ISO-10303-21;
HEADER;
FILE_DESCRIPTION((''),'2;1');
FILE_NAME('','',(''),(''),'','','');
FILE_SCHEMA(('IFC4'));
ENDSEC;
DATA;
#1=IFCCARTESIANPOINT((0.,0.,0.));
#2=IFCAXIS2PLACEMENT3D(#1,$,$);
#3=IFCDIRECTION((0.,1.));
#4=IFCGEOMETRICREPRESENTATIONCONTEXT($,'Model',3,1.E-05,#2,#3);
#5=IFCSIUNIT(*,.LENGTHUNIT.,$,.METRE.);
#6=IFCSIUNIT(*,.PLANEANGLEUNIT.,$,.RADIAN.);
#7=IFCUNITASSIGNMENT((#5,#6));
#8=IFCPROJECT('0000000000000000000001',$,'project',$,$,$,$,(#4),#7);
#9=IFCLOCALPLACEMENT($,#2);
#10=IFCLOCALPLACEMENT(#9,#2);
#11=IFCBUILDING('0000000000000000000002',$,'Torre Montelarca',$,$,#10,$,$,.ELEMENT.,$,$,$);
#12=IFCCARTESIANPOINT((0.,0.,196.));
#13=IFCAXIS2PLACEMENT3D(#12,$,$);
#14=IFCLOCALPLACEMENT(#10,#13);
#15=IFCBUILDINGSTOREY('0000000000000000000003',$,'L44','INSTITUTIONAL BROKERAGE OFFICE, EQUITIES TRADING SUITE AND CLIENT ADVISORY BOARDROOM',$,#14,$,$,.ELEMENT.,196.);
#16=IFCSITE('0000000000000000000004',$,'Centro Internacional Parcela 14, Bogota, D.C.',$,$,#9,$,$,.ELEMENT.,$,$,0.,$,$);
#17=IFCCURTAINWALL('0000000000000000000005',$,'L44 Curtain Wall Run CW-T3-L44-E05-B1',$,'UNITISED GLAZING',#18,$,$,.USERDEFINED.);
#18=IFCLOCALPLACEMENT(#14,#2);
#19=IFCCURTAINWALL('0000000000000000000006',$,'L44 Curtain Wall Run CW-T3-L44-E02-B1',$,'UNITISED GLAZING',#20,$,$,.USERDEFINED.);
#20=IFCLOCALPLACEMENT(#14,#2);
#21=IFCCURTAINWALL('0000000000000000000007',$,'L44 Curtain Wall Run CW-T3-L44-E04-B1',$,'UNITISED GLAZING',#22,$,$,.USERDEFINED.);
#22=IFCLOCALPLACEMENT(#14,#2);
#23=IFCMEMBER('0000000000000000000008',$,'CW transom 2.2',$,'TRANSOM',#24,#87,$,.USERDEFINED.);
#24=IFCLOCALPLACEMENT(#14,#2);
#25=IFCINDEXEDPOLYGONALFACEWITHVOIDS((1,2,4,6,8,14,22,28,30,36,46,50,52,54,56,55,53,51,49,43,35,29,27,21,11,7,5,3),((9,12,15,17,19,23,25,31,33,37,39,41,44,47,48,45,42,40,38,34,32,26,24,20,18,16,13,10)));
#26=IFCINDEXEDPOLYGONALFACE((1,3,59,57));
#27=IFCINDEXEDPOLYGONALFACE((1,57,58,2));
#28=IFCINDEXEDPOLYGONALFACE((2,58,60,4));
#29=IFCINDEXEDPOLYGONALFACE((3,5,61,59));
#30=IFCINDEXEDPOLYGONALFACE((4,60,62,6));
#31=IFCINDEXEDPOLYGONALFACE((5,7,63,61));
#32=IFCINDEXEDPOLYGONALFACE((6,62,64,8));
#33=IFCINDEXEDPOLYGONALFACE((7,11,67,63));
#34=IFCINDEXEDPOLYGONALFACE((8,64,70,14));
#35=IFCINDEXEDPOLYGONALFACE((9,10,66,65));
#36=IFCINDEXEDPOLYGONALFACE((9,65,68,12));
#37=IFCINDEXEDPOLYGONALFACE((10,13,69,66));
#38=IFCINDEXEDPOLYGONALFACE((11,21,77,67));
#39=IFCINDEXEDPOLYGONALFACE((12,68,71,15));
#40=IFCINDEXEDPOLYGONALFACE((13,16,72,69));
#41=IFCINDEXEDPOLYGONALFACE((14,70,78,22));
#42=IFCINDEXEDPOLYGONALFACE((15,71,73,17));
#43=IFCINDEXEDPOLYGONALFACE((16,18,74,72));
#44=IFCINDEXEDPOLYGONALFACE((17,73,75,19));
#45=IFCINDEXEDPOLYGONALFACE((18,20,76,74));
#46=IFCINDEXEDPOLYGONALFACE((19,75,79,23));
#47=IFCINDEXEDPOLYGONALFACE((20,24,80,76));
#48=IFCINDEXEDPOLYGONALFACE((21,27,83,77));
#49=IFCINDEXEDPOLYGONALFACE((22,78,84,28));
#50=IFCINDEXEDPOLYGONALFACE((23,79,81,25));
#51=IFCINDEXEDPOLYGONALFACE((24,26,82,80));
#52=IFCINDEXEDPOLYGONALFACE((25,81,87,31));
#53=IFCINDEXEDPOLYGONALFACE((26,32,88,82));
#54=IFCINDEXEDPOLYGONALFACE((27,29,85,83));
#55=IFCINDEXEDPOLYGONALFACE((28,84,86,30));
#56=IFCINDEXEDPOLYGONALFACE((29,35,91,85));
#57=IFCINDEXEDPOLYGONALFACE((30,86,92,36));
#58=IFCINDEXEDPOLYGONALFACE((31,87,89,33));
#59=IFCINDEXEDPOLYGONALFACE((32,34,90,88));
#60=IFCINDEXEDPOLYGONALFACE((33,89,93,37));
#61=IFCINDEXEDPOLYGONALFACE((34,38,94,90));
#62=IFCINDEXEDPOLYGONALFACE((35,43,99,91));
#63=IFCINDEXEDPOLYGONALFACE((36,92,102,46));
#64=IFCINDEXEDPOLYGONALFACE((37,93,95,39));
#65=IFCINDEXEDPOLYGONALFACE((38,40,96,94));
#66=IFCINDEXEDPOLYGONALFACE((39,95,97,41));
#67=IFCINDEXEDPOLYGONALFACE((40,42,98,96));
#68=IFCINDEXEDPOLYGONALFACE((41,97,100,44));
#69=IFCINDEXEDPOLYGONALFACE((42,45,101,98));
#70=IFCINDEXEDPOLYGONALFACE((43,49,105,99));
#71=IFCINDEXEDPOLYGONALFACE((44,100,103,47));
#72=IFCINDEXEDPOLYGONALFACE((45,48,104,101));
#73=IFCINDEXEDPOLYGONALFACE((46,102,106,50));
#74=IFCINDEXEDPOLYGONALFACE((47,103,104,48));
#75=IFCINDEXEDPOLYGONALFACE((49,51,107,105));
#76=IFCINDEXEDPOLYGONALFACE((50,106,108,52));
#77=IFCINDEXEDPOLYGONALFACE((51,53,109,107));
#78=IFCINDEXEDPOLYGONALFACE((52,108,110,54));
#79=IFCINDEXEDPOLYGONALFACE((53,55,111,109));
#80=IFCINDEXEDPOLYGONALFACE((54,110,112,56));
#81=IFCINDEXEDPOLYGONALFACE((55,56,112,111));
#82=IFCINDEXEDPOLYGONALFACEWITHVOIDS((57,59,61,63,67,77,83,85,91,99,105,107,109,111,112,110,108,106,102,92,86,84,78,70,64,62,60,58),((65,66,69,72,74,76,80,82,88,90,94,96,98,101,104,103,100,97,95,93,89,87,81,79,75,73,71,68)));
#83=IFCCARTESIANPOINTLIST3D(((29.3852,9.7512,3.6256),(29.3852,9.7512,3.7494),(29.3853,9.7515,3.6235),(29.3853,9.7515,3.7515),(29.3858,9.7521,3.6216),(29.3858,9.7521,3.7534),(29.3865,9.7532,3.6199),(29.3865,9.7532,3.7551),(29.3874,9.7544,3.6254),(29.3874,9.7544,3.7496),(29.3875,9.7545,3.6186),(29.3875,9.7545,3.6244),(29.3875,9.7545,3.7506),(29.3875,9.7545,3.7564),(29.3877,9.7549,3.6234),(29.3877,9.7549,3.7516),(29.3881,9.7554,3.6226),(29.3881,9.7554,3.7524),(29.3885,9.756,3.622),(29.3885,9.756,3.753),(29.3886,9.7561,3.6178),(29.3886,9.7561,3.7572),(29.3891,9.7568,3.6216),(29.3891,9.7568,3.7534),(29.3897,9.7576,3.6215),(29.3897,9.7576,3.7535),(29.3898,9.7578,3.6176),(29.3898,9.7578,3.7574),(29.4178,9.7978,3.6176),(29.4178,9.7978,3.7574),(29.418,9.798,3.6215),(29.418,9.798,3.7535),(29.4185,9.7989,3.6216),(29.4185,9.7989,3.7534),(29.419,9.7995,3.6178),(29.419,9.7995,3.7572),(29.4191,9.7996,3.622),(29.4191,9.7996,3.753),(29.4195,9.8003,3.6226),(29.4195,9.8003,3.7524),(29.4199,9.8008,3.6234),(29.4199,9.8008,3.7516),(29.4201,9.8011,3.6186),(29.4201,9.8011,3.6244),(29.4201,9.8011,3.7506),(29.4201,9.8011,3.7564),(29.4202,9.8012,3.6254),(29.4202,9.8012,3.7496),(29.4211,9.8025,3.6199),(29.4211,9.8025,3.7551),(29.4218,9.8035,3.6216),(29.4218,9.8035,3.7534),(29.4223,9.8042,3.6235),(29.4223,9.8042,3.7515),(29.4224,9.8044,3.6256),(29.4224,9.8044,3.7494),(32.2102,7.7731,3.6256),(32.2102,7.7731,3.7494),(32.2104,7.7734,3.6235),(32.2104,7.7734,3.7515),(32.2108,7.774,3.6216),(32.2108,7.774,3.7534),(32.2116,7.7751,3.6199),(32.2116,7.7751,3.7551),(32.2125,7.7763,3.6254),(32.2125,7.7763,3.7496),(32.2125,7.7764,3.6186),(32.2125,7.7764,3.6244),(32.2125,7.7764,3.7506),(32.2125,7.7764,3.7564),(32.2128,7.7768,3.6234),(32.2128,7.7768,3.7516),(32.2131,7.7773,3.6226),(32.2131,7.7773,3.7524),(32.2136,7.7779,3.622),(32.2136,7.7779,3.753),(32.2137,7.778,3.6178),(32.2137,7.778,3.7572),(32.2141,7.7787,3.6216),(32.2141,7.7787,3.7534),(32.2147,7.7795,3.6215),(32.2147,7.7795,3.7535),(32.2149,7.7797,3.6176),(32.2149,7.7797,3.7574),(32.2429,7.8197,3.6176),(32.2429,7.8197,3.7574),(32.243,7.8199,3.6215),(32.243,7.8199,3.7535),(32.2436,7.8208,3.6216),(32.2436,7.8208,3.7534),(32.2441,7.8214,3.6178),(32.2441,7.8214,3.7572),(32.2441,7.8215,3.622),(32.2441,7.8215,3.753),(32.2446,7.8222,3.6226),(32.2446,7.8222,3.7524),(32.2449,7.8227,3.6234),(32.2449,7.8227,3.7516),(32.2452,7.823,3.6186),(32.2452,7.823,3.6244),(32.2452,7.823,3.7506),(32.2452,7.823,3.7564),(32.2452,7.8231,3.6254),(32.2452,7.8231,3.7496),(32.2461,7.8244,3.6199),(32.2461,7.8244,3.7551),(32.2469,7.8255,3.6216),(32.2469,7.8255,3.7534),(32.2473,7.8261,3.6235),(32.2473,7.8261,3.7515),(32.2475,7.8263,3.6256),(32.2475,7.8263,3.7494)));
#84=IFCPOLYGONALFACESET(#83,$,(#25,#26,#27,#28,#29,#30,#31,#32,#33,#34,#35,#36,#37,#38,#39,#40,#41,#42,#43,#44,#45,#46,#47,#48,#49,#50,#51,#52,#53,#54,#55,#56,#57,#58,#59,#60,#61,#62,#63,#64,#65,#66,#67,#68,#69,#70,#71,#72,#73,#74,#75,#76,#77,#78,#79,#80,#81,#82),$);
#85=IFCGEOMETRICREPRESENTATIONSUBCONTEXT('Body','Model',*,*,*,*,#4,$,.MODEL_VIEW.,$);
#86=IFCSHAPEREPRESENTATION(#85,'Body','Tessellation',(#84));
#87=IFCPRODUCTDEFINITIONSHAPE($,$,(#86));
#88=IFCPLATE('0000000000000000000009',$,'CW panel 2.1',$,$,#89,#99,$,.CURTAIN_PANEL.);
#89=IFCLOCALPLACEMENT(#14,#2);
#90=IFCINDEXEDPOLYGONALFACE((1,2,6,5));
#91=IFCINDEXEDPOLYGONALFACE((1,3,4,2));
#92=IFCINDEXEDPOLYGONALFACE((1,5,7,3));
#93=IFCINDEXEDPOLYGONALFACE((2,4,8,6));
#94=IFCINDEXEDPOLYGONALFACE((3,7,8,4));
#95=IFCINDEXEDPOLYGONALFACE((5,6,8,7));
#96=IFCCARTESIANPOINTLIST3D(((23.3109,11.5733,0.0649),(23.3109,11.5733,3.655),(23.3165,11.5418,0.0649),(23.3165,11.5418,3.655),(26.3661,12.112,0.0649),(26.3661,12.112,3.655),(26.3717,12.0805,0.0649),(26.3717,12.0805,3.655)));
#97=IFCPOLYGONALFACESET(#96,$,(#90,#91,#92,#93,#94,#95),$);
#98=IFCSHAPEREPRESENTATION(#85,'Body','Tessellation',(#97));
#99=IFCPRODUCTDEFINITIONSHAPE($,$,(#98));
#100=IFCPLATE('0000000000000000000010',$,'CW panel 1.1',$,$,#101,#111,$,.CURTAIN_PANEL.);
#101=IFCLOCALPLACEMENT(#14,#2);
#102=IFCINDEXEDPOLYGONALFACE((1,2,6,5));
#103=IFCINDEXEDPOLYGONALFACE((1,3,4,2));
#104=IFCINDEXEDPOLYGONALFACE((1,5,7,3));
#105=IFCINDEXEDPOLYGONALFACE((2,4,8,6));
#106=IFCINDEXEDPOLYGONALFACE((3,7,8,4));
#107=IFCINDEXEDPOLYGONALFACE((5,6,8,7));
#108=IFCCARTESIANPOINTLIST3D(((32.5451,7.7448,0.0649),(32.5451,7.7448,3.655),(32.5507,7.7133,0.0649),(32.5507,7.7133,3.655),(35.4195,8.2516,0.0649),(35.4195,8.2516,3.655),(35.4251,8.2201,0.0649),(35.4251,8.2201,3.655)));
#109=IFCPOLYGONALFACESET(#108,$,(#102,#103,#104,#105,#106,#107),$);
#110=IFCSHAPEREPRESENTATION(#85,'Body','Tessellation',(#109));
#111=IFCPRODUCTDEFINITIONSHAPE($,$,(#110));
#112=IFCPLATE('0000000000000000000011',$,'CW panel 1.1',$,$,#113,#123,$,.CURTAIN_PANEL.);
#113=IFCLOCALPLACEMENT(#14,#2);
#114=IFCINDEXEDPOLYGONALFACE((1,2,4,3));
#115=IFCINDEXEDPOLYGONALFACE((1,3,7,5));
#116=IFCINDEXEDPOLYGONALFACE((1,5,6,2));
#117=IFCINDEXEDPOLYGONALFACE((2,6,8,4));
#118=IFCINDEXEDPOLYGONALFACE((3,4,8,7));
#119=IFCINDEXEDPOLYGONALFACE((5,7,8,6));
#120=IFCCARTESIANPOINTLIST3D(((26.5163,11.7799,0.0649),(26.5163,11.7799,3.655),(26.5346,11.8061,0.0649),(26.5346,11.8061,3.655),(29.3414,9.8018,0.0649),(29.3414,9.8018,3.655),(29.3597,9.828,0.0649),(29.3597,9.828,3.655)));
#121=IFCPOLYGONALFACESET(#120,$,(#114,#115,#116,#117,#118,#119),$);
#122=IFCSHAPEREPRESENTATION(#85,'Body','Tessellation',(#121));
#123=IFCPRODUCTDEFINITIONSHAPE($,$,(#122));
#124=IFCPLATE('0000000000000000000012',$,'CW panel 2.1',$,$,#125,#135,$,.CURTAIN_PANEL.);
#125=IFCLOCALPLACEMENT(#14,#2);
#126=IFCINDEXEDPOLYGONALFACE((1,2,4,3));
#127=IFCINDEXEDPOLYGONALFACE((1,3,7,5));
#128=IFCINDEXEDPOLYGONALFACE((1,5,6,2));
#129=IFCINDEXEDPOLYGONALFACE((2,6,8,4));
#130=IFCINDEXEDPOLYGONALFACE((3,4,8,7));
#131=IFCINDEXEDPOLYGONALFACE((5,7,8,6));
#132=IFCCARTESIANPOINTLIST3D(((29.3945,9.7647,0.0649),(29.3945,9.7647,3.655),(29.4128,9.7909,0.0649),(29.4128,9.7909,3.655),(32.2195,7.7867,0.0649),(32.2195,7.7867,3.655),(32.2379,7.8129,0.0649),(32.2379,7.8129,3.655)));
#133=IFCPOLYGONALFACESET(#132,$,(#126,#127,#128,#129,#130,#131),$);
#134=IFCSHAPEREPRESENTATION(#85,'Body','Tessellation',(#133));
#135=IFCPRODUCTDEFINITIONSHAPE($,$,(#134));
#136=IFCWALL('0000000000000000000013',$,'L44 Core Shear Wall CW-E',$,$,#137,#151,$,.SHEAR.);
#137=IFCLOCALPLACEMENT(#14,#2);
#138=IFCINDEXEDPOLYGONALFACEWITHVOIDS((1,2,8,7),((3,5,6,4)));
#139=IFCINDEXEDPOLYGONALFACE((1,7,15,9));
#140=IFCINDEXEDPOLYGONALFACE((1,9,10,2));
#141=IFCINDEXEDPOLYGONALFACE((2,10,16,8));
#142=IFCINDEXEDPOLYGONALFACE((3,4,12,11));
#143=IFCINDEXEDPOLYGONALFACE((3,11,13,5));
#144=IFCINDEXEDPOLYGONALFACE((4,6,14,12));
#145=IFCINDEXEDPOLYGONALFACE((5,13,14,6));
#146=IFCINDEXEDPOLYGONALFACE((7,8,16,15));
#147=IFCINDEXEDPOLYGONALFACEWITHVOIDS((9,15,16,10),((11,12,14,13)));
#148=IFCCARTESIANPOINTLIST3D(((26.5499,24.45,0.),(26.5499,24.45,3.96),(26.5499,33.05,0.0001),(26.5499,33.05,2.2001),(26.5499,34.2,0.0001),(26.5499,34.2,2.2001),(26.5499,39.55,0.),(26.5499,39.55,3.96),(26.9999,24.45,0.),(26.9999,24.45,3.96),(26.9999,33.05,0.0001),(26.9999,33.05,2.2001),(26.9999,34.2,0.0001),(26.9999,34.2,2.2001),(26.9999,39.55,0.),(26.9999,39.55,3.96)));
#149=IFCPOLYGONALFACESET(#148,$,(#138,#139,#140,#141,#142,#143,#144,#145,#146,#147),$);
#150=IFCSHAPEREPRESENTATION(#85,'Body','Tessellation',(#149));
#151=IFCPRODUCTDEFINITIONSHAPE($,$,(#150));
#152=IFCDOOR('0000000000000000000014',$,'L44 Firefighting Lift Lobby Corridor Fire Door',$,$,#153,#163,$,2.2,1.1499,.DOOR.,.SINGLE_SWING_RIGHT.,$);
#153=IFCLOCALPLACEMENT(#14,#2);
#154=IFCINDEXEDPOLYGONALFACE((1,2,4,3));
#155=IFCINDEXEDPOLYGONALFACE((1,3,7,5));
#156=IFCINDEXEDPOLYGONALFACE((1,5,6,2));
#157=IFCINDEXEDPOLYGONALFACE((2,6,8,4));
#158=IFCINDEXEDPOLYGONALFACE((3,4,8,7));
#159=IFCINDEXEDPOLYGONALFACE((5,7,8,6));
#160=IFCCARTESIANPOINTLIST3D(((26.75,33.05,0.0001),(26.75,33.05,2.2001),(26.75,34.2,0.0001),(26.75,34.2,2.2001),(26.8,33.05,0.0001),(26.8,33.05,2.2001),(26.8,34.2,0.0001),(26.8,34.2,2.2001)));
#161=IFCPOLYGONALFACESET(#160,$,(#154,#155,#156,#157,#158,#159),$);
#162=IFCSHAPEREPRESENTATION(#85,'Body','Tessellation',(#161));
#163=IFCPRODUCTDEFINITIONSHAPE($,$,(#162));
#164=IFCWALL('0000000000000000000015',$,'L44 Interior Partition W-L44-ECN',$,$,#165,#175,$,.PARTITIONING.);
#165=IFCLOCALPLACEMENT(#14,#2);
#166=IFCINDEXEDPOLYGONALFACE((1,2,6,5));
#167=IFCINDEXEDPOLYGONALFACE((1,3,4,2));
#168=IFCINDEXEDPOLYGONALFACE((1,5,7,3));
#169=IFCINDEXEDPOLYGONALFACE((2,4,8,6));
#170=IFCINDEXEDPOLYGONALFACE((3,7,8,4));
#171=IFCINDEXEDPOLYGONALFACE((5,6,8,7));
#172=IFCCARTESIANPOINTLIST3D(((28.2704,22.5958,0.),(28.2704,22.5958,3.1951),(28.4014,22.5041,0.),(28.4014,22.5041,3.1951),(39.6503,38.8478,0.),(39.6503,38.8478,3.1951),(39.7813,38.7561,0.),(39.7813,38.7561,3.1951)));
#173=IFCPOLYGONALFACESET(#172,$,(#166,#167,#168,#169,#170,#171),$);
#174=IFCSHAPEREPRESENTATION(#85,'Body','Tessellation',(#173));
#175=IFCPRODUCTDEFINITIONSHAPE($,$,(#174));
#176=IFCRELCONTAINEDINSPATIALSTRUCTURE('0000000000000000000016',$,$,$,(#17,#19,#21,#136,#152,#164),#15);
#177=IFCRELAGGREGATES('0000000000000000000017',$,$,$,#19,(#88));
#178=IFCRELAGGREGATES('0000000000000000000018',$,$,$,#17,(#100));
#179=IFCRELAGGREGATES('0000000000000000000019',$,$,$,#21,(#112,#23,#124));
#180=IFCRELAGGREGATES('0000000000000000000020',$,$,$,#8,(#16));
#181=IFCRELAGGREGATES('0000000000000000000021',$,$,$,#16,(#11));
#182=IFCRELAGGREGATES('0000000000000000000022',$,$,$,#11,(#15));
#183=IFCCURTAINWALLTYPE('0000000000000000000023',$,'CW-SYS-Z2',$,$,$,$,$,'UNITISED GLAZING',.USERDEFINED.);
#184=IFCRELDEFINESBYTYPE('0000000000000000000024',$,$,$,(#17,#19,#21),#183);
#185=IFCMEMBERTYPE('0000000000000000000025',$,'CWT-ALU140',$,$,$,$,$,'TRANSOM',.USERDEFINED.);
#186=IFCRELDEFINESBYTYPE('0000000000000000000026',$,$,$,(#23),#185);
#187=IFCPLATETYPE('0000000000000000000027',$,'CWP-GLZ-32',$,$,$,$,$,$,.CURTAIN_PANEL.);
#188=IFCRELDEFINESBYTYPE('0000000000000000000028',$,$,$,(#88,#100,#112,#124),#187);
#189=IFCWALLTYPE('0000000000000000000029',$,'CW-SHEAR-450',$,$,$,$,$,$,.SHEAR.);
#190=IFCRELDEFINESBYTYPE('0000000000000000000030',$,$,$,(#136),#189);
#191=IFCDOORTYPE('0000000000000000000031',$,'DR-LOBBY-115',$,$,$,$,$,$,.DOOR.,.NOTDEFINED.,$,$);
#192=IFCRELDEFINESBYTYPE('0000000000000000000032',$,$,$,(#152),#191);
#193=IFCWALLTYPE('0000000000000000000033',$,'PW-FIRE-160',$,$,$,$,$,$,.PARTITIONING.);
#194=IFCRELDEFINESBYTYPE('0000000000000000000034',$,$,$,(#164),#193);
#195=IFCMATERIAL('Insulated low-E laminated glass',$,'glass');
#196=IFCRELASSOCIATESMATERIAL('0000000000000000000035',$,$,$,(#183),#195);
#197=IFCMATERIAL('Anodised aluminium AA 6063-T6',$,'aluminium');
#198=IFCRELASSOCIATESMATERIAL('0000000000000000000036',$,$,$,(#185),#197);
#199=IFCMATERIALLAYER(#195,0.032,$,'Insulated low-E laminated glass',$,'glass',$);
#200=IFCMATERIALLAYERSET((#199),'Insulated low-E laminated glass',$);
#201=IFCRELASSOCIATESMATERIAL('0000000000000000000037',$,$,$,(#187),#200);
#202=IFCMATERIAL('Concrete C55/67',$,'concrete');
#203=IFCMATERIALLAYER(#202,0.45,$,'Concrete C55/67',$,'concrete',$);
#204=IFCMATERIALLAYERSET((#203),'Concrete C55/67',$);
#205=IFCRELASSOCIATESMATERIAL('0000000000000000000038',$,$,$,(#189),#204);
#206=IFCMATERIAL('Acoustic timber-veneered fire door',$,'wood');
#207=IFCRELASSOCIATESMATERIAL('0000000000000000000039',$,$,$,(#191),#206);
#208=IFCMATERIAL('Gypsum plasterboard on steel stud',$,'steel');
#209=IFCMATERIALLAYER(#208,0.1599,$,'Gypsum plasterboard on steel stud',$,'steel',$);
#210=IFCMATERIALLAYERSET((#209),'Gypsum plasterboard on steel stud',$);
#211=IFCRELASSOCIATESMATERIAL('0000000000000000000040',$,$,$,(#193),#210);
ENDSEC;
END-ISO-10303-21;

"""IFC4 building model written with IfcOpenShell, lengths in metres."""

from ifc_helpers import new_model, si_unit, direction, frame, frame_2d, origin, origin_2d, place, context, subcontext, project, spatial, rectangle, hollow_rectangle, extrude, source, transform, mapped, material, layer, layer_set, material_profile, profile_set, type_object, element, fill, aggregate, save


model = new_model("IFC4")

# Units and contexts
model_context = context("Model", 3, precision=1e-05, world=origin(), true_north=direction((0.0, 1.0)))
body_context = subcontext(model_context, "Body", "Model", "MODEL_VIEW")
ifc_project = project(units=[si_unit("LENGTHUNIT", "METRE"), si_unit("PLANEANGLEUNIT", "RADIAN")], contexts=[model_context])

# Site, building, storey
site_placement = place(None, origin())
site = spatial("IfcSite", under=ifc_project, at=site_placement, Name="Centro Internacional Parcela 14, Bogota, D.C.", CompositionType="ELEMENT", RefElevation=0.0)
building_placement = place(site_placement, origin())
building = spatial("IfcBuilding", under=site, at=building_placement, Name="Torre Montelarca", CompositionType="ELEMENT")
storey_placement = place(building_placement, frame((0.0, 0.0, 196.0)))
storey = spatial("IfcBuildingStorey", under=building, at=storey_placement, Name="L44", Description="INSTITUTIONAL BROKERAGE OFFICE, EQUITIES TRADING SUITE AND CLIENT ADVISORY BOARDROOM", CompositionType="ELEMENT", Elevation=196.0)

# Shared definitions
ifc_material_1 = material(Name="Concrete C55/67", Category="concrete")

# Curtain wall
ifc_material_2 = material(Name="Insulated low-E laminated glass", Category="glass")
curtain_wall_type = type_object("IfcCurtainWallType", Name="CW-SYS-Z2", ElementType="UNITISED GLAZING", PredefinedType="USERDEFINED", material=ifc_material_2)
curtain_wall_1_placement = place(storey_placement, origin())
curtain_wall_1 = element("IfcCurtainWall", 1, at=curtain_wall_1_placement, inside=storey, type_object=curtain_wall_type, Name="L44 Curtain Wall Run CW-T3-L44-E05-B1", ObjectType="UNITISED GLAZING", PredefinedType="USERDEFINED")
ifc_material_3 = material(Name="Anodised aluminium AA 6063-T6", Category="aluminium")
ifc_material_profile_1 = material_profile(ifc_material_3, hollow_rectangle(XDim=0.0649, YDim=0.1399, WallThickness=0.0039, InnerFilletRadius=0.0039, OuterFilletRadius=0.0081, at=origin_2d()), Name="ALU65X140X4", Category="aluminium")
ifc_profile_set_1 = profile_set([ifc_material_profile_1], Name="Anodised aluminium AA 6063-T6")
member_type_1 = type_object("IfcMemberType", Name="CWT-ALU140", ElementType="TRANSOM", PredefinedType="USERDEFINED", material=ifc_profile_set_1)

# Curtain wall
curtain_wall_2_placement = place(storey_placement, origin())
curtain_wall_2 = element("IfcCurtainWall", 2, at=curtain_wall_2_placement, inside=storey, type_object=curtain_wall_type, Name="L44 Curtain Wall Run CW-T3-L44-E02-B1", ObjectType="UNITISED GLAZING", PredefinedType="USERDEFINED")

# Curtain wall
curtain_wall_3_placement = place(storey_placement, origin())
curtain_wall_3 = element("IfcCurtainWall", 3, at=curtain_wall_3_placement, inside=storey, type_object=curtain_wall_type, Name="L44 Curtain Wall Run CW-T3-L44-E04-B1", ObjectType="UNITISED GLAZING", PredefinedType="USERDEFINED")

# Member
shared_shape_1 = source(origin(), body_context, "Body", "SweptSolid", [
    extrude(hollow_rectangle(XDim=0.0649, YDim=0.1399, WallThickness=0.0039, InnerFilletRadius=0.0039, OuterFilletRadius=0.0081, at=origin_2d()), origin(), (0.0, 0.0, 1.0), 3.4487),
])
member_1_placement = place(storey_placement, frame((29.4038, 9.7778, 3.6875), z_axis=(0.819155, -0.573572, 0.0), x_axis=(0.573572, 0.819155, 0.0)))
member_1 = element("IfcMember", 4, at=member_1_placement, type_object=member_type_1, Name="CW transom 2.2", ObjectType="TRANSOM", PredefinedType="USERDEFINED", context=body_context, shape_type="MappedRepresentation", body=[
    mapped(shared_shape_1, transform((0.0, 0.0, 0.0), scale=1.0)),
])

# Plates
ifc_layer_1 = layer(ifc_material_2, 0.032, Name="Insulated low-E laminated glass", Category="glass")
ifc_layer_set_1 = layer_set([ifc_layer_1], Name="Insulated low-E laminated glass")
plate_type = type_object("IfcPlateType", Name="CWP-GLZ-32", PredefinedType="CURTAIN_PANEL", material=ifc_layer_set_1)
shared_shape_2 = source(origin(), body_context, "Body", "SweptSolid", [
    extrude(rectangle(XDim=3.1023, YDim=0.032, at=origin_2d()), origin(), (0.0, 0.0, 1.0), 3.5901),
])
plate_1_placement = place(storey_placement, frame((24.8413, 11.8269, 0.0649), z_axis=(0.0, 0.0, 1.0), x_axis=(0.98481, 0.173636, 0.0)))
plate_1 = element("IfcPlate", 5, at=plate_1_placement, type_object=plate_type, Name="CW panel 2.1", PredefinedType="CURTAIN_PANEL", context=body_context, shape_type="MappedRepresentation", body=[
    mapped(shared_shape_2, transform((0.0, 0.0, 0.0), scale=1.0)),
])
aggregate(curtain_wall_2, [plate_1])
shared_shape_3 = source(origin(), body_context, "Body", "SweptSolid", [
    extrude(rectangle(XDim=2.9187, YDim=0.032, at=origin_2d()), origin(), (0.0, 0.0, 1.0), 3.5901),
])
plate_2_placement = place(storey_placement, frame((33.9851, 7.9824, 0.0649), z_axis=(0.0, 0.0, 1.0), x_axis=(0.98481, 0.173634, 0.0)))
plate_2 = element("IfcPlate", 6, at=plate_2_placement, type_object=plate_type, Name="CW panel 1.1", PredefinedType="CURTAIN_PANEL", context=body_context, shape_type="MappedRepresentation", body=[
    mapped(shared_shape_3, transform((0.0, 0.0, 0.0), scale=1.0)),
])
aggregate(curtain_wall_1, [plate_2])
shared_shape_4 = source(origin(), body_context, "Body", "SweptSolid", [
    extrude(rectangle(XDim=3.4487, YDim=0.032, at=origin_2d()), origin(), (0.0, 0.0, 1.0), 3.5901),
])
plate_3_placement = place(storey_placement, frame((27.938, 10.804, 0.0649), z_axis=(0.0, 0.0, 1.0), x_axis=(0.819165, -0.573558, 0.0)))
plate_3 = element("IfcPlate", 7, at=plate_3_placement, type_object=plate_type, Name="CW panel 1.1", PredefinedType="CURTAIN_PANEL", context=body_context, shape_type="MappedRepresentation", body=[
    mapped(shared_shape_4, transform((0.0, 0.0, 0.0), scale=1.0)),
])
plate_4_placement = place(storey_placement, frame((30.8162, 8.7888, 0.0649), z_axis=(0.0, 0.0, 1.0), x_axis=(0.819165, -0.573558, 0.0)))
plate_4 = element("IfcPlate", 8, at=plate_4_placement, type_object=plate_type, Name="CW panel 2.1", PredefinedType="CURTAIN_PANEL", context=body_context, shape_type="MappedRepresentation", body=[
    mapped(shared_shape_4, transform((0.0, 0.0, 0.0), scale=1.0)),
])
aggregate(curtain_wall_3, [plate_3, member_1, plate_4])

# Wall, opening, door
ifc_layer_2 = layer(ifc_material_1, 0.45, Name="Concrete C55/67", Category="concrete")
ifc_layer_set_2 = layer_set([ifc_layer_2], Name="Concrete C55/67")
wall_type_1 = type_object("IfcWallType", Name="CW-SHEAR-450", PredefinedType="SHEAR", material=ifc_layer_set_2)
wall_1_placement = place(storey_placement, frame((26.7749, 24.45, 0.0), z_axis=(0.0, 0.0, 1.0), x_axis=(0.0, 1.0, 0.0)))
wall_1 = element("IfcWall", 9, at=wall_1_placement, inside=storey, type_object=wall_type_1, Name="L44 Core Shear Wall CW-E", PredefinedType="SHEAR", context=body_context, shape_type="SweptSolid", body=[
    extrude(rectangle(XDim=15.1001, YDim=0.45, at=frame_2d((7.55, 0.0))), origin(), (0.0, 0.0, 1.0), 3.96),
])
opening_1_placement = place(wall_1_placement, frame((8.6001, 0.0, 0.0)))
opening_1 = element("IfcOpeningElement", 10, at=opening_1_placement, cuts=wall_1, PredefinedType="OPENING", context=body_context, shape_type="SweptSolid", body=[
    extrude(rectangle(XDim=1.1499, YDim=2.2, at=frame_2d((0.575, 1.1001))), frame((0.0, 0.2349, 0.0), z_axis=(0.0, -1.0, 0.0), x_axis=(1.0, 0.0, 0.0)), (0.0, 0.0, 1.0), 0.47),
])
ifc_material_4 = material(Name="Acoustic timber-veneered fire door", Category="wood")
door_type_1 = type_object("IfcDoorType", Name="DR-LOBBY-115", OperationType="NOTDEFINED", PredefinedType="DOOR", material=ifc_material_4)
shared_shape_5 = source(origin(), body_context, "Body", "SweptSolid", [
    extrude(rectangle(XDim=1.1499, YDim=2.2, at=frame_2d((0.575, 1.1001))), frame((0.0, 0.0249, 0.0), z_axis=(0.0, -1.0, 0.0), x_axis=(1.0, 0.0, 0.0)), (0.0, 0.0, 1.0), 0.05),
])
door_1_placement = place(opening_1_placement, origin())
door_1 = element("IfcDoor", 11, at=door_1_placement, inside=storey, type_object=door_type_1, Name="L44 Firefighting Lift Lobby Corridor Fire Door", OperationType="SINGLE_SWING_RIGHT", OverallHeight=2.2, OverallWidth=1.1499, PredefinedType="DOOR", context=body_context, shape_type="MappedRepresentation", body=[
    mapped(shared_shape_5, transform((0.0, 0.0, 0.0), scale=1.0)),
])
fill(opening_1, door_1)

# Wall
ifc_material_5 = material(Name="Gypsum plasterboard on steel stud", Category="steel")
ifc_layer_3 = layer(ifc_material_5, 0.1599, Name="Gypsum plasterboard on steel stud", Category="steel")
ifc_layer_set_3 = layer_set([ifc_layer_3], Name="Gypsum plasterboard on steel stud")
wall_type_2 = type_object("IfcWallType", Name="PW-FIRE-160", PredefinedType="PARTITIONING", material=ifc_layer_set_3)
wall_2_placement = place(storey_placement, frame((28.3359, 22.55, 0.0), z_axis=(0.0, 0.0, 1.0), x_axis=(0.573581, 0.819149, 0.0)))
element("IfcWall", 12, at=wall_2_placement, inside=storey, type_object=wall_type_2, Name="L44 Interior Partition W-L44-ECN", PredefinedType="PARTITIONING", context=body_context, shape_type="SweptSolid", body=[
    extrude(rectangle(XDim=19.8401, YDim=0.1599, at=frame_2d((9.9199, 0.0))), origin(), (0.0, 0.0, 1.0), 3.1951),
])

save(model, "model.ifc")
